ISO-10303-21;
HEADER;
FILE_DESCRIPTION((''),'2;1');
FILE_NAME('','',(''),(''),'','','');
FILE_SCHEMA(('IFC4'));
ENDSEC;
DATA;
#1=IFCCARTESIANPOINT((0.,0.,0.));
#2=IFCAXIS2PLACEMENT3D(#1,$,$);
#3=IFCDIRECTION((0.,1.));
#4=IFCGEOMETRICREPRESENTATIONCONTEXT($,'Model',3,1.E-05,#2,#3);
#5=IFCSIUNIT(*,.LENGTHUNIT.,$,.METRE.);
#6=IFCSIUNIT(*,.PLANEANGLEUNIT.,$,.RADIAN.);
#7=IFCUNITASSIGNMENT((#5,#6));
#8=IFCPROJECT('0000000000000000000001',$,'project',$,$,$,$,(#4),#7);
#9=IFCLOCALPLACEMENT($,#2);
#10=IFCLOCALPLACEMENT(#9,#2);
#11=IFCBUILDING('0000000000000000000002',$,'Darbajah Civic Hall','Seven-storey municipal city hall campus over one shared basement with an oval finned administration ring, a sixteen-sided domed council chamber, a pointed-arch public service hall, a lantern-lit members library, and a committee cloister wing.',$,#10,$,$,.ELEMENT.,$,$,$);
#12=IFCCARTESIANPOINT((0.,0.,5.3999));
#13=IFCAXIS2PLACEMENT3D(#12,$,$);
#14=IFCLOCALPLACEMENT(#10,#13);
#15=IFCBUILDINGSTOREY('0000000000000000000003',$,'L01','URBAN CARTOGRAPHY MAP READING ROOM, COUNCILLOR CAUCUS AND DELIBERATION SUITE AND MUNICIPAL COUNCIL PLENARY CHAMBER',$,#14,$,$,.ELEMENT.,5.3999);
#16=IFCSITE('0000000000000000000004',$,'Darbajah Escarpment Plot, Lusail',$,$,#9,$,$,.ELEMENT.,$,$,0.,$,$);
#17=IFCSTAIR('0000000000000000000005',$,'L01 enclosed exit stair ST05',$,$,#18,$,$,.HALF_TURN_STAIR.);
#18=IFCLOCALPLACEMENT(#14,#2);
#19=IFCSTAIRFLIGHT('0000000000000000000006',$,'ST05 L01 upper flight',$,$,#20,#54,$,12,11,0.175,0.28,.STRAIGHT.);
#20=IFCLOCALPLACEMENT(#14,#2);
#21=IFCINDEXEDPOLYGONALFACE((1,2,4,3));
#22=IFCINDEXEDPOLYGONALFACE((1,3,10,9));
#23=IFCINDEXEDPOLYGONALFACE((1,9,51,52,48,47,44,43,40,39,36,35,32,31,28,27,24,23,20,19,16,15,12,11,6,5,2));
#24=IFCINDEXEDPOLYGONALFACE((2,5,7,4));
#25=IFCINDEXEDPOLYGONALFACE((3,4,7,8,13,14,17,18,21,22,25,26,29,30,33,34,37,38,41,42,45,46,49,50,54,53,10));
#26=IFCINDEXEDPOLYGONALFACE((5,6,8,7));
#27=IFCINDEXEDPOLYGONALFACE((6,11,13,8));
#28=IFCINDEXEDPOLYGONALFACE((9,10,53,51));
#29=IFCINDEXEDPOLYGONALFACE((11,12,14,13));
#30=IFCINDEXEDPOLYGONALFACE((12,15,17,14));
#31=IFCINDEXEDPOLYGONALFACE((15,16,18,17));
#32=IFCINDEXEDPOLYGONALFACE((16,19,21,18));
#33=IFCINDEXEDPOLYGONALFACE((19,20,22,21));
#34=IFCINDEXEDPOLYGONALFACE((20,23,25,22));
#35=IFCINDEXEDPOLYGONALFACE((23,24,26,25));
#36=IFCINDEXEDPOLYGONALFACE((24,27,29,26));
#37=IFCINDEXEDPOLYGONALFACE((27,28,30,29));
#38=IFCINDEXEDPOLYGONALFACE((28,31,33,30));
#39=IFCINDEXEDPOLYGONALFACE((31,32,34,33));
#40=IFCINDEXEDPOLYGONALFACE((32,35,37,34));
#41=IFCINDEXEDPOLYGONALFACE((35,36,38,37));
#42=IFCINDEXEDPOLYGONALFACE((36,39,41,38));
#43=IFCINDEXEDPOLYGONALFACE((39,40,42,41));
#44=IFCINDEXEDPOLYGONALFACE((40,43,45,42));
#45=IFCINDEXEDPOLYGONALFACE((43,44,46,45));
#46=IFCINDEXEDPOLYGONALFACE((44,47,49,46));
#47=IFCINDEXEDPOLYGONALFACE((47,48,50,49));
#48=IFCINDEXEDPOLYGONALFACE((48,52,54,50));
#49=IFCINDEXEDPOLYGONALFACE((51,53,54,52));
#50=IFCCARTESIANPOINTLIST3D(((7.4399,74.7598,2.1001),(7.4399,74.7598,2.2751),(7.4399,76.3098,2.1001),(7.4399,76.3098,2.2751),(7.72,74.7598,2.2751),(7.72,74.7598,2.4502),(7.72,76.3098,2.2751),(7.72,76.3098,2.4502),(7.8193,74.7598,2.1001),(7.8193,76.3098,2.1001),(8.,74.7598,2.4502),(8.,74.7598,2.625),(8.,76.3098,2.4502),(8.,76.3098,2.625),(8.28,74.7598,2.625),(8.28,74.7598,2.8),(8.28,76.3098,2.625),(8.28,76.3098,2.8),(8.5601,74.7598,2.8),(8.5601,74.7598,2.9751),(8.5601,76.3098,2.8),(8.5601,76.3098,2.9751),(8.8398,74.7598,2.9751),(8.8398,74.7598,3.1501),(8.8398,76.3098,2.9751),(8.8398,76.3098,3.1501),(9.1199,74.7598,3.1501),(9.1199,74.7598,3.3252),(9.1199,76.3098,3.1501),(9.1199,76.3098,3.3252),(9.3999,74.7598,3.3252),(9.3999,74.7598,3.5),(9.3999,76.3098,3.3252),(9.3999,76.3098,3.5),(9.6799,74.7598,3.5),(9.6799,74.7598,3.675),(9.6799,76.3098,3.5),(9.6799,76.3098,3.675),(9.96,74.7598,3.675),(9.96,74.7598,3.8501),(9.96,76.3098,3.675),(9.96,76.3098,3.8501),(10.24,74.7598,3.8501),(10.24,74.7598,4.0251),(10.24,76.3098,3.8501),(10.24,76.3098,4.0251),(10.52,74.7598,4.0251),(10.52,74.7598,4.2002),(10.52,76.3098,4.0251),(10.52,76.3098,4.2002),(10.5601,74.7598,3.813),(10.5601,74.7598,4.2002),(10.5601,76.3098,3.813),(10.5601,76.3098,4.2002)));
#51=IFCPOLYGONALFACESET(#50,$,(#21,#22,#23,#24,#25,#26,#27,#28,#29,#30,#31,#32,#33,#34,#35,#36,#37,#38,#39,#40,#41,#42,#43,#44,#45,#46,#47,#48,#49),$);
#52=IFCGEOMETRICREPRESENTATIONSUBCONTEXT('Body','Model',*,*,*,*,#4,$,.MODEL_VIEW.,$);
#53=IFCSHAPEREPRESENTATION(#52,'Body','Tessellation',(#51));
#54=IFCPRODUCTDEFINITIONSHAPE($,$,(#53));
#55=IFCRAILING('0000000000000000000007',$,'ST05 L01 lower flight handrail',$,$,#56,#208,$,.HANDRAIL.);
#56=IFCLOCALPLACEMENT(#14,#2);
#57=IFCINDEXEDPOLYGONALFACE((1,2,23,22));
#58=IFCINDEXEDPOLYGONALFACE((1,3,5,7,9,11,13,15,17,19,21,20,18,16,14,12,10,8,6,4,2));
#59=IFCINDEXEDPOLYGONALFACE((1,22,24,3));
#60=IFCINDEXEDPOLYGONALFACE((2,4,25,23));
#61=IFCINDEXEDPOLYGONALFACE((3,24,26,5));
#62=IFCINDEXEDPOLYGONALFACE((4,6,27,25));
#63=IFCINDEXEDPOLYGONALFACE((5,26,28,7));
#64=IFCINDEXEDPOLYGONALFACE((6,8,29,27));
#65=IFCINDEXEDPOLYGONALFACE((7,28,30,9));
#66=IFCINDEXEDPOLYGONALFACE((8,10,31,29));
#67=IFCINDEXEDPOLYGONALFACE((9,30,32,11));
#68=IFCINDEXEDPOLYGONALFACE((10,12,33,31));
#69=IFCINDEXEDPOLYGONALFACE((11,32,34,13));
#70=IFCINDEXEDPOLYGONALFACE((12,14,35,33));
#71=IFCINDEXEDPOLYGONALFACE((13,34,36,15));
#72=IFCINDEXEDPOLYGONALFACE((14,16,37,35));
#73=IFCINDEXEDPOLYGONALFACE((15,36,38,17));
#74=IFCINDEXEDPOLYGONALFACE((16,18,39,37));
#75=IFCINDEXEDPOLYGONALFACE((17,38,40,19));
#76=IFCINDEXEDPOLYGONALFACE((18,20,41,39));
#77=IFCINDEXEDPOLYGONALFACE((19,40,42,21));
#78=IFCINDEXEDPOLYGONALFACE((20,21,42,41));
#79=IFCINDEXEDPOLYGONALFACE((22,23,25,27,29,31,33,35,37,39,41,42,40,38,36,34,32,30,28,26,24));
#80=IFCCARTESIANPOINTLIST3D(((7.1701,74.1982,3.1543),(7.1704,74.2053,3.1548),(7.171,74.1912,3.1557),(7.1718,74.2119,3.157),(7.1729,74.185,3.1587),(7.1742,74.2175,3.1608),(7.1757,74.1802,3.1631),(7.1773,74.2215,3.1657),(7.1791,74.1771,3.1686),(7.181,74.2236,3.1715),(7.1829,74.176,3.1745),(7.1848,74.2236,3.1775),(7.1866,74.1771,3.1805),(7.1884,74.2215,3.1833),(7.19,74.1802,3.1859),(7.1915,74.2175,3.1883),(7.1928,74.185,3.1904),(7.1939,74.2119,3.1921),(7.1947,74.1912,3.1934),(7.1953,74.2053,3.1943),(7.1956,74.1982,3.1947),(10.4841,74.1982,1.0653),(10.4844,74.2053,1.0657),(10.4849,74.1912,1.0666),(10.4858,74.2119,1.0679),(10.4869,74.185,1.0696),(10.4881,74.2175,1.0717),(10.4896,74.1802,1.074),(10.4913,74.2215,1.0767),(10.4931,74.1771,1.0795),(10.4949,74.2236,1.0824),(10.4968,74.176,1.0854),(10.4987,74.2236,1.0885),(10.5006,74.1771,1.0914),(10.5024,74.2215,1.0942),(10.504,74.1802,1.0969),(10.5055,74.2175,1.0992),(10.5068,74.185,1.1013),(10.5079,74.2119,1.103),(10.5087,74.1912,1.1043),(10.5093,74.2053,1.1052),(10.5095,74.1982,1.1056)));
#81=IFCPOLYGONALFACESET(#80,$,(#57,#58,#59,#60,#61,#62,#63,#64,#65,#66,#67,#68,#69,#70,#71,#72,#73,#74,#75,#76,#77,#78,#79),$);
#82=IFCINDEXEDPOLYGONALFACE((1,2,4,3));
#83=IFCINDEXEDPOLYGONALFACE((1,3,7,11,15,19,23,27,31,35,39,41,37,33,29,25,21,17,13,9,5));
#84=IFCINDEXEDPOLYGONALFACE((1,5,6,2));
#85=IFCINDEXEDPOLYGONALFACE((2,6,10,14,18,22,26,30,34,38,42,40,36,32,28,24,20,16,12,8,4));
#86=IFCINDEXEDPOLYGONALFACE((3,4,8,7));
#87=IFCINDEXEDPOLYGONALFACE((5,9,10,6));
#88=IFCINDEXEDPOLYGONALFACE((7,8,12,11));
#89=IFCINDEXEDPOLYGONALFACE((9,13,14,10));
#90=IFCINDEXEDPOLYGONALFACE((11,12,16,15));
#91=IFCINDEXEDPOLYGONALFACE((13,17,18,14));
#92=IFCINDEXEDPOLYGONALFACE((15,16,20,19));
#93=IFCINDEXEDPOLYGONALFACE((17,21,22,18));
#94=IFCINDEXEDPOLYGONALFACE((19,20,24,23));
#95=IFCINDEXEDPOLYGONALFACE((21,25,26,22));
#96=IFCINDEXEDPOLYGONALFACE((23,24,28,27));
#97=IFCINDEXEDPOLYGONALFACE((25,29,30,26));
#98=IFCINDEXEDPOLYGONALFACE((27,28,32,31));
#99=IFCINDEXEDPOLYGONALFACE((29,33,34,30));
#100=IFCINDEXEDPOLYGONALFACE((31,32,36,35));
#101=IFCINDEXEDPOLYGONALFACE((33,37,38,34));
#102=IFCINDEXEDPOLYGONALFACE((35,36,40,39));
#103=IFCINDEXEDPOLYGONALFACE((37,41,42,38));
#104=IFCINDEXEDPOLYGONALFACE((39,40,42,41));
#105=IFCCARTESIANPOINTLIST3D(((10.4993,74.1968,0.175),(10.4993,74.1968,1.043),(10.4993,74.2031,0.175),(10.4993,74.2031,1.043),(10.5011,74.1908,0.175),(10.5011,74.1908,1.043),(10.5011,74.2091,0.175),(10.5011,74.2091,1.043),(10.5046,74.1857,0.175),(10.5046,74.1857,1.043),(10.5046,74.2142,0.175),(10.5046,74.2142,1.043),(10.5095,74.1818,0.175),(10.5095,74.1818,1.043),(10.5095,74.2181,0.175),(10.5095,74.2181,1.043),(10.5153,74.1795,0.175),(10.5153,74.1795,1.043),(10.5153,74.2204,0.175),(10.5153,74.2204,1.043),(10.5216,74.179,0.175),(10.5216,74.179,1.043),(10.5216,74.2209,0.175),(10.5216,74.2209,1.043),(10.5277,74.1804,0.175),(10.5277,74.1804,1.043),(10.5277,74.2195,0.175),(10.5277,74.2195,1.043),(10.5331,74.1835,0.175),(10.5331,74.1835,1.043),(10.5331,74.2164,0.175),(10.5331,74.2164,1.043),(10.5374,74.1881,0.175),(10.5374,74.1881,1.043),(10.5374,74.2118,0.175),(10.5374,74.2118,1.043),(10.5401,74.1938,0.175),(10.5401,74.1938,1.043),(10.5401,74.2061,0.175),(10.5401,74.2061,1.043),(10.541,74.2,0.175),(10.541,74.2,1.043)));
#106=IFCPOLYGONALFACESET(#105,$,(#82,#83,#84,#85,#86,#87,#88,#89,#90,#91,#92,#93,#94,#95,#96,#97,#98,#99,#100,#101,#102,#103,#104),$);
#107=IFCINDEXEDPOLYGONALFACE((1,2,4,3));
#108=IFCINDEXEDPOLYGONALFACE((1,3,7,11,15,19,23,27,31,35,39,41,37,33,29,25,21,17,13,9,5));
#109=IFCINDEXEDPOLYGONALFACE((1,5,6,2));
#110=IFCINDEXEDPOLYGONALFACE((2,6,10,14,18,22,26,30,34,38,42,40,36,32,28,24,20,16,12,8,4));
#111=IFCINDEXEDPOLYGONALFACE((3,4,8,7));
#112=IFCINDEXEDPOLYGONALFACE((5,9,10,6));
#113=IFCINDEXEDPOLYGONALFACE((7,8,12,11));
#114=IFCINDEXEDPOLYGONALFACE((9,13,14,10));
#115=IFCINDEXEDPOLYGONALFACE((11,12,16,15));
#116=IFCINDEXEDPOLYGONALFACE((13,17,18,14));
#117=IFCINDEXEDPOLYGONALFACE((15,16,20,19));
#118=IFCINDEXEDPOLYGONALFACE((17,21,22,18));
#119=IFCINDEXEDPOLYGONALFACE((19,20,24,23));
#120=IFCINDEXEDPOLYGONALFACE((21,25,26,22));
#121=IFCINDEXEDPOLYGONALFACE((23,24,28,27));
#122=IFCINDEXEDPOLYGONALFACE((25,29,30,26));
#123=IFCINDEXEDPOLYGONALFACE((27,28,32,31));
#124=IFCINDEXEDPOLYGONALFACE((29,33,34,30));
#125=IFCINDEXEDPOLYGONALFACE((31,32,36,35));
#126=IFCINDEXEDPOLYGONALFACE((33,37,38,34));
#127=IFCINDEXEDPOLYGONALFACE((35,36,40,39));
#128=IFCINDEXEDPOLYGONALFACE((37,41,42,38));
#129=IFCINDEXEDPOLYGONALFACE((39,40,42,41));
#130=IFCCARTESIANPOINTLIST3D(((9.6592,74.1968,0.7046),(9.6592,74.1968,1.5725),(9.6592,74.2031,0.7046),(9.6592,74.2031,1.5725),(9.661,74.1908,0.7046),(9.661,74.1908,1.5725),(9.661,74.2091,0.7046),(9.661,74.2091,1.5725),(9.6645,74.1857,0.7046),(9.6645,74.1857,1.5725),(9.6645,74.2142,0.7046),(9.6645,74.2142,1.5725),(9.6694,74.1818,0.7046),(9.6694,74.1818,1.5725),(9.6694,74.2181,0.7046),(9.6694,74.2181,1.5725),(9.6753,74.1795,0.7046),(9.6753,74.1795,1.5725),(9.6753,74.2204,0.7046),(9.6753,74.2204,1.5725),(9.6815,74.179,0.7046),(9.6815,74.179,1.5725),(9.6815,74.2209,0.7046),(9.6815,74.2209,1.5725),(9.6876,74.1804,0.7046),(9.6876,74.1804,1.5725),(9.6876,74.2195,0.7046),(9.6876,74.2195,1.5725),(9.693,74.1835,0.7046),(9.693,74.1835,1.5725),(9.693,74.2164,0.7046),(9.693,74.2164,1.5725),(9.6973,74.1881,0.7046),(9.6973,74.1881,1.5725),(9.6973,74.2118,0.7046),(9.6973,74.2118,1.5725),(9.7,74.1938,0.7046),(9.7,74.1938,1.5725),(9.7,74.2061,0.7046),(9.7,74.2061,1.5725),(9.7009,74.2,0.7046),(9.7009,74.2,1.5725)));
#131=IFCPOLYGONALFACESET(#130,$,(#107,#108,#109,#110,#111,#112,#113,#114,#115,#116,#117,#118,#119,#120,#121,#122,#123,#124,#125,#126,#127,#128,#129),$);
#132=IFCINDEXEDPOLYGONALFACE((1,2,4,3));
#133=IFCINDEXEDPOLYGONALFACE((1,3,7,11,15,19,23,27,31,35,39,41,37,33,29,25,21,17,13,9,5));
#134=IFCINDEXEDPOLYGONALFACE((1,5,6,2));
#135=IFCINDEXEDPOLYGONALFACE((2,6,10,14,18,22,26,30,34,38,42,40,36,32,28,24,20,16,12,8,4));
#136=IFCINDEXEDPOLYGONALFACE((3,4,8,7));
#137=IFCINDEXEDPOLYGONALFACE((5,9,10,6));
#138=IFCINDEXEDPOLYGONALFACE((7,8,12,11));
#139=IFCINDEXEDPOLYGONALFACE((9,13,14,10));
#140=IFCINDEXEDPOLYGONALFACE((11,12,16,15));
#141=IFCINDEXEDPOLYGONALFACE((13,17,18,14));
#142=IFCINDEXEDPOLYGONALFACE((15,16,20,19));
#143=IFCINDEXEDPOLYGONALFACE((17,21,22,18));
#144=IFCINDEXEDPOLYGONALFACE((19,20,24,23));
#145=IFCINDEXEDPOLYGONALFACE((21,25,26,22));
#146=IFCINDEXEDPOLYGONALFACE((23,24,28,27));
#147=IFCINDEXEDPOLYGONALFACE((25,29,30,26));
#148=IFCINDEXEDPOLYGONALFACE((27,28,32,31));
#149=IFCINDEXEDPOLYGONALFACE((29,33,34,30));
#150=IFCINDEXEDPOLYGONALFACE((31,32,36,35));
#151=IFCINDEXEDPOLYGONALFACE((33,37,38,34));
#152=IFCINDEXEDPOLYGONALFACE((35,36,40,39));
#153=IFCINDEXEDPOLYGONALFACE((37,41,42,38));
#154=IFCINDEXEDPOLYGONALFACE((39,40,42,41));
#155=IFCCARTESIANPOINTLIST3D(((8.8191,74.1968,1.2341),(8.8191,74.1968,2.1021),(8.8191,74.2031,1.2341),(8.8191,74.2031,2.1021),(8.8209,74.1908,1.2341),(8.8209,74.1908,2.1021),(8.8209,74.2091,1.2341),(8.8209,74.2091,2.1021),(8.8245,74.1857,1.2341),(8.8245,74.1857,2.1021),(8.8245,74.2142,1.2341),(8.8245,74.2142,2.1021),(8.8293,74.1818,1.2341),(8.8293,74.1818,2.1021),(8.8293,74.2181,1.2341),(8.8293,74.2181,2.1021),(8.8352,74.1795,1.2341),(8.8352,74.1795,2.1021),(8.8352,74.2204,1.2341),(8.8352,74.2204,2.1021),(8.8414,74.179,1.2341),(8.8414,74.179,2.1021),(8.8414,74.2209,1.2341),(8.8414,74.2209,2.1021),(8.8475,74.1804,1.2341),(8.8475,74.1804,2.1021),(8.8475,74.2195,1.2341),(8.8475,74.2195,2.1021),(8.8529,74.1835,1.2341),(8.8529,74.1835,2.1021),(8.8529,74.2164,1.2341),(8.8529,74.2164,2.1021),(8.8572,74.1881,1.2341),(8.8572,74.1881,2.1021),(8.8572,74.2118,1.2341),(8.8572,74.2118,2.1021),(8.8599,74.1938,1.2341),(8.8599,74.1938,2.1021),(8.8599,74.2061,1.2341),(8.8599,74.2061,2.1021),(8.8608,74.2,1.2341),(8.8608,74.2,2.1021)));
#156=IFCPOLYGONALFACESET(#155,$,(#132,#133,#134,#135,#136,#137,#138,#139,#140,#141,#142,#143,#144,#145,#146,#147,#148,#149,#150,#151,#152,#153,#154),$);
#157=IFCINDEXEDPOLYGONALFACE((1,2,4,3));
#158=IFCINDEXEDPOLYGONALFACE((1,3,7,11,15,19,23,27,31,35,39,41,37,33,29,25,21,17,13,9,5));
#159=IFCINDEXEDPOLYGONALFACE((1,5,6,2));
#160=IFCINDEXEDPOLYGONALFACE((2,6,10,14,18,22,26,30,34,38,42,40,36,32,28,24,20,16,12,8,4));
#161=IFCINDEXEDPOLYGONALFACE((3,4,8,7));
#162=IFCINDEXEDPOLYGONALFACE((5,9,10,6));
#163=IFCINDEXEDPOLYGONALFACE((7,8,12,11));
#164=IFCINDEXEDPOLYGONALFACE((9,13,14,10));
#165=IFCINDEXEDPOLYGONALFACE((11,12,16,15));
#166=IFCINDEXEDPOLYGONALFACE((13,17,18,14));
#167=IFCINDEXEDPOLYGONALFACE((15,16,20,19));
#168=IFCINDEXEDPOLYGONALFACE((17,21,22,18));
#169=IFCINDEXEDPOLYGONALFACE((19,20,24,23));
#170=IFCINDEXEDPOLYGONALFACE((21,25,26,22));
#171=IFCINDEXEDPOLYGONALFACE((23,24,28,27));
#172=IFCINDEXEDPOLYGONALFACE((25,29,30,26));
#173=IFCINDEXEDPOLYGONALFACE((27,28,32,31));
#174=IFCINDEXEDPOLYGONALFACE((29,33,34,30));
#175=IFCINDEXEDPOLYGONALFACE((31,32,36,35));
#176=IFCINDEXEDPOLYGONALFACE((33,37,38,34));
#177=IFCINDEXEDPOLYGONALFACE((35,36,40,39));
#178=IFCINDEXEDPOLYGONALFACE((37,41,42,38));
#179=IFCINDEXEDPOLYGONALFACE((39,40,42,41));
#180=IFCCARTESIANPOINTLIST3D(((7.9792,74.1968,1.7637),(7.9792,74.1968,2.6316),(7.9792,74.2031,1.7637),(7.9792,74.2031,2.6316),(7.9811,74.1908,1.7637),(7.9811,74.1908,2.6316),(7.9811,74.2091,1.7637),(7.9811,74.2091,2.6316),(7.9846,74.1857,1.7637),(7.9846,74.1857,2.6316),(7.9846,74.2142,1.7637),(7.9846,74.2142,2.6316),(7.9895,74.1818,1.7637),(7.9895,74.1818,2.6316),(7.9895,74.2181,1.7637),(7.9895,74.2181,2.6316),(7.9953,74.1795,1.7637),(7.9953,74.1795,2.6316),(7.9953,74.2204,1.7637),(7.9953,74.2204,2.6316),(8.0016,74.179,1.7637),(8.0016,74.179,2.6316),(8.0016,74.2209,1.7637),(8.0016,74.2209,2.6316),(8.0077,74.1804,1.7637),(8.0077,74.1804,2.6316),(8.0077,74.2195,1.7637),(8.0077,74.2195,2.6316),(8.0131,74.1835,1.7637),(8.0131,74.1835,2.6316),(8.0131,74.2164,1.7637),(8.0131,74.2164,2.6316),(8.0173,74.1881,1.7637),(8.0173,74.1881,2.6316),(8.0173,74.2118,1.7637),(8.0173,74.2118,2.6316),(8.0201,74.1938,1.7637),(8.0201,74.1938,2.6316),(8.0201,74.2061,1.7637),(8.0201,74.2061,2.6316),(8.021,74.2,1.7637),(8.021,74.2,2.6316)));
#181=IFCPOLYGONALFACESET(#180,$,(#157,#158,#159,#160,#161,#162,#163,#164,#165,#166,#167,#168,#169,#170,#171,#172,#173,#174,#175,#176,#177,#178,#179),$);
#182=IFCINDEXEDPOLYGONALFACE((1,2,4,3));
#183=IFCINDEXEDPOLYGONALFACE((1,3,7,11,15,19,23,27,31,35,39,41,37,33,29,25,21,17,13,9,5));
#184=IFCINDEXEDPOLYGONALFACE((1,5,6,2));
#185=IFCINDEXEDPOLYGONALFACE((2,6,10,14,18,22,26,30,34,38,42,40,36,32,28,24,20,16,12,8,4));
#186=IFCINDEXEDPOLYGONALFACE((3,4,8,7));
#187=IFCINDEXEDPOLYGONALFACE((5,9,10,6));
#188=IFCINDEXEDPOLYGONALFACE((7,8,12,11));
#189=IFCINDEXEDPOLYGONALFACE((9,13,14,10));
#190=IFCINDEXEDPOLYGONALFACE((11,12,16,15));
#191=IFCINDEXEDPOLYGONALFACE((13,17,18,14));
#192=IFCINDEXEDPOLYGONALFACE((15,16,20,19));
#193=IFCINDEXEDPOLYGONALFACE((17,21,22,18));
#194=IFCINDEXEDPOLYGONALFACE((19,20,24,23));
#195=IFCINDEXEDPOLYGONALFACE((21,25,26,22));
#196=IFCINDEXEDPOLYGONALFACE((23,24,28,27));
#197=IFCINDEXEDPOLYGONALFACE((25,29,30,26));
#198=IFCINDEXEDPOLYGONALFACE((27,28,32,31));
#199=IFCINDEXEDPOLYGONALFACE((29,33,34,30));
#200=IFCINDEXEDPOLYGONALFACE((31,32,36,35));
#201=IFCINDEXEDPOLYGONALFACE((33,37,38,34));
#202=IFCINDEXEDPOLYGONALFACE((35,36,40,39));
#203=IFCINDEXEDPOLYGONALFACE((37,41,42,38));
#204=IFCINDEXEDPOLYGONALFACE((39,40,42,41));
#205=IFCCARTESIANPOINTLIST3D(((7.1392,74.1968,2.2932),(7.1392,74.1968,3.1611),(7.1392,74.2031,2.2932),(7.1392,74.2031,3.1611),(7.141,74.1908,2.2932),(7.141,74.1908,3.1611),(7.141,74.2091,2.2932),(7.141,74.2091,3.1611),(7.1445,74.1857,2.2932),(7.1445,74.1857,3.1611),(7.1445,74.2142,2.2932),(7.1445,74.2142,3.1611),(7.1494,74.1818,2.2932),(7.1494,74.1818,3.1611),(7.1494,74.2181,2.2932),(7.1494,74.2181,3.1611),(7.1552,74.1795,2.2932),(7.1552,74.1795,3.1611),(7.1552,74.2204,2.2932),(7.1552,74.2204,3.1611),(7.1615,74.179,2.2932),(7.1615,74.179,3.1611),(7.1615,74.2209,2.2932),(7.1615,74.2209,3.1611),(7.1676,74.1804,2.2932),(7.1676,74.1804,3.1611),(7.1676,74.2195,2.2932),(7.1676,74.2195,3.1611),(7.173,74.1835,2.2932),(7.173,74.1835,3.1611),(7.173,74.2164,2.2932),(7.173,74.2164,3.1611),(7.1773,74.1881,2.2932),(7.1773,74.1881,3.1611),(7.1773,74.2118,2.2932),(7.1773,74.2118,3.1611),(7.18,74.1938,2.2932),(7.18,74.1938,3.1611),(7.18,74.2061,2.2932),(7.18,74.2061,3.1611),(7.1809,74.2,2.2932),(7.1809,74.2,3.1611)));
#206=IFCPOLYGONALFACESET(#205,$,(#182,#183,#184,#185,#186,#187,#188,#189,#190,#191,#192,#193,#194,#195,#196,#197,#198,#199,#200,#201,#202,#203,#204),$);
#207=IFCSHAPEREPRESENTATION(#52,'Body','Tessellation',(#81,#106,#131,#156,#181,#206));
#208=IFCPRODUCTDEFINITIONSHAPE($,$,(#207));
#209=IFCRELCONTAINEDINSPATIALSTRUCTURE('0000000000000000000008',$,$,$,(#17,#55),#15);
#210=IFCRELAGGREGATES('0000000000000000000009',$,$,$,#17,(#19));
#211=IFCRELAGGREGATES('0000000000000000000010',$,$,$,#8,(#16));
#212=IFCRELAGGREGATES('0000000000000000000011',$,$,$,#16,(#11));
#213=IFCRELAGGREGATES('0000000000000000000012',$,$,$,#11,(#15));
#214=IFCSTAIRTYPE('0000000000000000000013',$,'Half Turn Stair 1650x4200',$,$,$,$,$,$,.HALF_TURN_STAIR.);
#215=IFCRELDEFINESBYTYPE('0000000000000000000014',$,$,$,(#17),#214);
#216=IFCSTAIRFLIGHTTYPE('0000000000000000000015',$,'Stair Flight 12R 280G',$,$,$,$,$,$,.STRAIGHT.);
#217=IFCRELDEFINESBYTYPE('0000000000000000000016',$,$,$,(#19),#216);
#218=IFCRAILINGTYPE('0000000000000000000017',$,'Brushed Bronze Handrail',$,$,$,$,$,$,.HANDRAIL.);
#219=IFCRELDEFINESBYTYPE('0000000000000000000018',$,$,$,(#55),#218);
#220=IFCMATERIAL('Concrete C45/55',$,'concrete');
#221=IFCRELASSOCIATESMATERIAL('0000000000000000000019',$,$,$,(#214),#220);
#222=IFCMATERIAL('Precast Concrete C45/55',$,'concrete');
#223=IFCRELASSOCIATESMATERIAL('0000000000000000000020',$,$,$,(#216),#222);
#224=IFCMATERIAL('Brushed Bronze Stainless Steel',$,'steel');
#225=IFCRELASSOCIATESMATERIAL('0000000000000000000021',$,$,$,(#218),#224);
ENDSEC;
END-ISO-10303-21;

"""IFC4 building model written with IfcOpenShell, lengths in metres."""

from ifc_helpers import new_model, si_unit, direction, frame, origin, origin_2d, place, context, subcontext, project, spatial, polyline, circle, outline, extrude, material, type_object, element, aggregate, save


model = new_model("IFC4")

# Units and contexts
model_context = context("Model", 3, precision=1e-05, world=origin(), true_north=direction((0.0, 1.0)))
body_context = subcontext(model_context, "Body", "Model", "MODEL_VIEW")
ifc_project = project(units=[si_unit("LENGTHUNIT", "METRE"), si_unit("PLANEANGLEUNIT", "RADIAN")], contexts=[model_context])

# Site, building, storey
site_placement = place(None, origin())
site = spatial("IfcSite", under=ifc_project, at=site_placement, Name="Darbajah Escarpment Plot, Lusail", CompositionType="ELEMENT", RefElevation=0.0)
building_placement = place(site_placement, origin())
building = spatial("IfcBuilding", under=site, at=building_placement, Name="Darbajah Civic Hall", Description="Seven-storey municipal city hall campus over one shared basement with an oval finned administration ring, a sixteen-sided domed council chamber, a pointed-arch public service hall, a lantern-lit members library, and a committee cloister wing.", CompositionType="ELEMENT")
storey_placement = place(building_placement, frame((0.0, 0.0, 5.3999)))
storey = spatial("IfcBuildingStorey", under=building, at=storey_placement, Name="L01", Description="URBAN CARTOGRAPHY MAP READING ROOM, COUNCILLOR CAUCUS AND DELIBERATION SUITE AND MUNICIPAL COUNCIL PLENARY CHAMBER", CompositionType="ELEMENT", Elevation=5.3999)

# Shared definitions
ifc_material_1 = material(Name="Concrete C45/55", Category="concrete")

# Stair, stair flight
stair_type = type_object("IfcStairType", Name="Half Turn Stair 1650x4200", PredefinedType="HALF_TURN_STAIR", material=ifc_material_1)
stair_placement = place(storey_placement, origin())
stair = element("IfcStair", 1, at=stair_placement, inside=storey, type_object=stair_type, Name="L01 enclosed exit stair ST05", PredefinedType="HALF_TURN_STAIR")
ifc_material_2 = material(Name="Precast Concrete C45/55", Category="concrete")
stair_flight_type = type_object("IfcStairFlightType", Name="Stair Flight 12R 280G", PredefinedType="STRAIGHT", material=ifc_material_2)
stair_flight_1_placement = place(storey_placement, frame((7.4399, 75.5349, 2.1001), z_axis=(0.0, 0.0, 1.0), x_axis=(1.0, 0.0, 0.0)))
stair_flight_1 = element("IfcStairFlight", 2, at=stair_flight_1_placement, type_object=stair_flight_type, Name="ST05 L01 upper flight", NumberOfRisers=12, NumberOfTreads=11, PredefinedType="STRAIGHT", RiserHeight=0.175, TreadLength=0.28, context=body_context, shape_type="SweptSolid", body=[
    extrude(outline(polyline([(0.0, 0.0), (0.0, 0.175), (0.28, 0.175), (0.28, 0.3501), (0.5601, 0.3501), (0.5601, 0.5249), (0.8401, 0.5249), (0.8401, 0.7), (1.1201, 0.7), (1.1201, 0.875), (1.3999, 0.875), (1.3999, 1.05), (1.6799, 1.05), (1.6799, 1.2251), (1.96, 1.2251), (1.96, 1.3999), (2.24, 1.3999), (2.24, 1.575), (2.52, 1.575), (2.52, 1.75), (2.8, 1.75), (2.8, 1.925), (3.0801, 1.925), (3.0801, 2.1001), (3.1201, 2.1001), (3.1201, 1.7129), (0.3794, 0.0), (0.0, 0.0)])), frame((0.0, 0.7749, 0.0), z_axis=(0.0, -1.0, 0.0), x_axis=(1.0, 0.0, 0.0)), (0.0, 0.0, 1.0), 1.55),
])
aggregate(stair, [stair_flight_1])

# Railing
ifc_material_3 = material(Name="Brushed Bronze Stainless Steel", Category="steel")
railing_type_1 = type_object("IfcRailingType", Name="Brushed Bronze Handrail", PredefinedType="HANDRAIL", material=ifc_material_3)
railing_1_placement = place(storey_placement, frame((10.52, 74.2, 0.175)))
element("IfcRailing", 3, at=railing_1_placement, inside=storey, type_object=railing_type_1, Name="ST05 L01 lower flight handrail", PredefinedType="HANDRAIL", context=body_context, shape_type="SweptSolid", body=[
    extrude(circle(Radius=0.0239, at=origin_2d()), frame((-0.0232, 0.0, 0.9104), z_axis=(-0.845944, 0.0, 0.533271), x_axis=(0.0, -1.0, 0.0)), (0.0, 0.0, 1.0), 3.9175),
    extrude(circle(Radius=0.021, at=origin_2d()), origin(), (0.0, 0.0, 1.0), 0.8679),
    extrude(circle(Radius=0.021, at=origin_2d()), frame((-0.8401, 0.0, 0.5295)), (0.0, 0.0, 1.0), 0.8679),
    extrude(circle(Radius=0.021, at=origin_2d()), frame((-1.6802, 0.0, 1.0591)), (0.0, 0.0, 1.0), 0.8679),
    extrude(circle(Radius=0.021, at=origin_2d()), frame((-2.52, 0.0, 1.5886)), (0.0, 0.0, 1.0), 0.8679),
    extrude(circle(Radius=0.021, at=origin_2d()), frame((-3.3601, 0.0, 2.1182)), (0.0, 0.0, 1.0), 0.8679),
])

save(model, "model.ifc")
